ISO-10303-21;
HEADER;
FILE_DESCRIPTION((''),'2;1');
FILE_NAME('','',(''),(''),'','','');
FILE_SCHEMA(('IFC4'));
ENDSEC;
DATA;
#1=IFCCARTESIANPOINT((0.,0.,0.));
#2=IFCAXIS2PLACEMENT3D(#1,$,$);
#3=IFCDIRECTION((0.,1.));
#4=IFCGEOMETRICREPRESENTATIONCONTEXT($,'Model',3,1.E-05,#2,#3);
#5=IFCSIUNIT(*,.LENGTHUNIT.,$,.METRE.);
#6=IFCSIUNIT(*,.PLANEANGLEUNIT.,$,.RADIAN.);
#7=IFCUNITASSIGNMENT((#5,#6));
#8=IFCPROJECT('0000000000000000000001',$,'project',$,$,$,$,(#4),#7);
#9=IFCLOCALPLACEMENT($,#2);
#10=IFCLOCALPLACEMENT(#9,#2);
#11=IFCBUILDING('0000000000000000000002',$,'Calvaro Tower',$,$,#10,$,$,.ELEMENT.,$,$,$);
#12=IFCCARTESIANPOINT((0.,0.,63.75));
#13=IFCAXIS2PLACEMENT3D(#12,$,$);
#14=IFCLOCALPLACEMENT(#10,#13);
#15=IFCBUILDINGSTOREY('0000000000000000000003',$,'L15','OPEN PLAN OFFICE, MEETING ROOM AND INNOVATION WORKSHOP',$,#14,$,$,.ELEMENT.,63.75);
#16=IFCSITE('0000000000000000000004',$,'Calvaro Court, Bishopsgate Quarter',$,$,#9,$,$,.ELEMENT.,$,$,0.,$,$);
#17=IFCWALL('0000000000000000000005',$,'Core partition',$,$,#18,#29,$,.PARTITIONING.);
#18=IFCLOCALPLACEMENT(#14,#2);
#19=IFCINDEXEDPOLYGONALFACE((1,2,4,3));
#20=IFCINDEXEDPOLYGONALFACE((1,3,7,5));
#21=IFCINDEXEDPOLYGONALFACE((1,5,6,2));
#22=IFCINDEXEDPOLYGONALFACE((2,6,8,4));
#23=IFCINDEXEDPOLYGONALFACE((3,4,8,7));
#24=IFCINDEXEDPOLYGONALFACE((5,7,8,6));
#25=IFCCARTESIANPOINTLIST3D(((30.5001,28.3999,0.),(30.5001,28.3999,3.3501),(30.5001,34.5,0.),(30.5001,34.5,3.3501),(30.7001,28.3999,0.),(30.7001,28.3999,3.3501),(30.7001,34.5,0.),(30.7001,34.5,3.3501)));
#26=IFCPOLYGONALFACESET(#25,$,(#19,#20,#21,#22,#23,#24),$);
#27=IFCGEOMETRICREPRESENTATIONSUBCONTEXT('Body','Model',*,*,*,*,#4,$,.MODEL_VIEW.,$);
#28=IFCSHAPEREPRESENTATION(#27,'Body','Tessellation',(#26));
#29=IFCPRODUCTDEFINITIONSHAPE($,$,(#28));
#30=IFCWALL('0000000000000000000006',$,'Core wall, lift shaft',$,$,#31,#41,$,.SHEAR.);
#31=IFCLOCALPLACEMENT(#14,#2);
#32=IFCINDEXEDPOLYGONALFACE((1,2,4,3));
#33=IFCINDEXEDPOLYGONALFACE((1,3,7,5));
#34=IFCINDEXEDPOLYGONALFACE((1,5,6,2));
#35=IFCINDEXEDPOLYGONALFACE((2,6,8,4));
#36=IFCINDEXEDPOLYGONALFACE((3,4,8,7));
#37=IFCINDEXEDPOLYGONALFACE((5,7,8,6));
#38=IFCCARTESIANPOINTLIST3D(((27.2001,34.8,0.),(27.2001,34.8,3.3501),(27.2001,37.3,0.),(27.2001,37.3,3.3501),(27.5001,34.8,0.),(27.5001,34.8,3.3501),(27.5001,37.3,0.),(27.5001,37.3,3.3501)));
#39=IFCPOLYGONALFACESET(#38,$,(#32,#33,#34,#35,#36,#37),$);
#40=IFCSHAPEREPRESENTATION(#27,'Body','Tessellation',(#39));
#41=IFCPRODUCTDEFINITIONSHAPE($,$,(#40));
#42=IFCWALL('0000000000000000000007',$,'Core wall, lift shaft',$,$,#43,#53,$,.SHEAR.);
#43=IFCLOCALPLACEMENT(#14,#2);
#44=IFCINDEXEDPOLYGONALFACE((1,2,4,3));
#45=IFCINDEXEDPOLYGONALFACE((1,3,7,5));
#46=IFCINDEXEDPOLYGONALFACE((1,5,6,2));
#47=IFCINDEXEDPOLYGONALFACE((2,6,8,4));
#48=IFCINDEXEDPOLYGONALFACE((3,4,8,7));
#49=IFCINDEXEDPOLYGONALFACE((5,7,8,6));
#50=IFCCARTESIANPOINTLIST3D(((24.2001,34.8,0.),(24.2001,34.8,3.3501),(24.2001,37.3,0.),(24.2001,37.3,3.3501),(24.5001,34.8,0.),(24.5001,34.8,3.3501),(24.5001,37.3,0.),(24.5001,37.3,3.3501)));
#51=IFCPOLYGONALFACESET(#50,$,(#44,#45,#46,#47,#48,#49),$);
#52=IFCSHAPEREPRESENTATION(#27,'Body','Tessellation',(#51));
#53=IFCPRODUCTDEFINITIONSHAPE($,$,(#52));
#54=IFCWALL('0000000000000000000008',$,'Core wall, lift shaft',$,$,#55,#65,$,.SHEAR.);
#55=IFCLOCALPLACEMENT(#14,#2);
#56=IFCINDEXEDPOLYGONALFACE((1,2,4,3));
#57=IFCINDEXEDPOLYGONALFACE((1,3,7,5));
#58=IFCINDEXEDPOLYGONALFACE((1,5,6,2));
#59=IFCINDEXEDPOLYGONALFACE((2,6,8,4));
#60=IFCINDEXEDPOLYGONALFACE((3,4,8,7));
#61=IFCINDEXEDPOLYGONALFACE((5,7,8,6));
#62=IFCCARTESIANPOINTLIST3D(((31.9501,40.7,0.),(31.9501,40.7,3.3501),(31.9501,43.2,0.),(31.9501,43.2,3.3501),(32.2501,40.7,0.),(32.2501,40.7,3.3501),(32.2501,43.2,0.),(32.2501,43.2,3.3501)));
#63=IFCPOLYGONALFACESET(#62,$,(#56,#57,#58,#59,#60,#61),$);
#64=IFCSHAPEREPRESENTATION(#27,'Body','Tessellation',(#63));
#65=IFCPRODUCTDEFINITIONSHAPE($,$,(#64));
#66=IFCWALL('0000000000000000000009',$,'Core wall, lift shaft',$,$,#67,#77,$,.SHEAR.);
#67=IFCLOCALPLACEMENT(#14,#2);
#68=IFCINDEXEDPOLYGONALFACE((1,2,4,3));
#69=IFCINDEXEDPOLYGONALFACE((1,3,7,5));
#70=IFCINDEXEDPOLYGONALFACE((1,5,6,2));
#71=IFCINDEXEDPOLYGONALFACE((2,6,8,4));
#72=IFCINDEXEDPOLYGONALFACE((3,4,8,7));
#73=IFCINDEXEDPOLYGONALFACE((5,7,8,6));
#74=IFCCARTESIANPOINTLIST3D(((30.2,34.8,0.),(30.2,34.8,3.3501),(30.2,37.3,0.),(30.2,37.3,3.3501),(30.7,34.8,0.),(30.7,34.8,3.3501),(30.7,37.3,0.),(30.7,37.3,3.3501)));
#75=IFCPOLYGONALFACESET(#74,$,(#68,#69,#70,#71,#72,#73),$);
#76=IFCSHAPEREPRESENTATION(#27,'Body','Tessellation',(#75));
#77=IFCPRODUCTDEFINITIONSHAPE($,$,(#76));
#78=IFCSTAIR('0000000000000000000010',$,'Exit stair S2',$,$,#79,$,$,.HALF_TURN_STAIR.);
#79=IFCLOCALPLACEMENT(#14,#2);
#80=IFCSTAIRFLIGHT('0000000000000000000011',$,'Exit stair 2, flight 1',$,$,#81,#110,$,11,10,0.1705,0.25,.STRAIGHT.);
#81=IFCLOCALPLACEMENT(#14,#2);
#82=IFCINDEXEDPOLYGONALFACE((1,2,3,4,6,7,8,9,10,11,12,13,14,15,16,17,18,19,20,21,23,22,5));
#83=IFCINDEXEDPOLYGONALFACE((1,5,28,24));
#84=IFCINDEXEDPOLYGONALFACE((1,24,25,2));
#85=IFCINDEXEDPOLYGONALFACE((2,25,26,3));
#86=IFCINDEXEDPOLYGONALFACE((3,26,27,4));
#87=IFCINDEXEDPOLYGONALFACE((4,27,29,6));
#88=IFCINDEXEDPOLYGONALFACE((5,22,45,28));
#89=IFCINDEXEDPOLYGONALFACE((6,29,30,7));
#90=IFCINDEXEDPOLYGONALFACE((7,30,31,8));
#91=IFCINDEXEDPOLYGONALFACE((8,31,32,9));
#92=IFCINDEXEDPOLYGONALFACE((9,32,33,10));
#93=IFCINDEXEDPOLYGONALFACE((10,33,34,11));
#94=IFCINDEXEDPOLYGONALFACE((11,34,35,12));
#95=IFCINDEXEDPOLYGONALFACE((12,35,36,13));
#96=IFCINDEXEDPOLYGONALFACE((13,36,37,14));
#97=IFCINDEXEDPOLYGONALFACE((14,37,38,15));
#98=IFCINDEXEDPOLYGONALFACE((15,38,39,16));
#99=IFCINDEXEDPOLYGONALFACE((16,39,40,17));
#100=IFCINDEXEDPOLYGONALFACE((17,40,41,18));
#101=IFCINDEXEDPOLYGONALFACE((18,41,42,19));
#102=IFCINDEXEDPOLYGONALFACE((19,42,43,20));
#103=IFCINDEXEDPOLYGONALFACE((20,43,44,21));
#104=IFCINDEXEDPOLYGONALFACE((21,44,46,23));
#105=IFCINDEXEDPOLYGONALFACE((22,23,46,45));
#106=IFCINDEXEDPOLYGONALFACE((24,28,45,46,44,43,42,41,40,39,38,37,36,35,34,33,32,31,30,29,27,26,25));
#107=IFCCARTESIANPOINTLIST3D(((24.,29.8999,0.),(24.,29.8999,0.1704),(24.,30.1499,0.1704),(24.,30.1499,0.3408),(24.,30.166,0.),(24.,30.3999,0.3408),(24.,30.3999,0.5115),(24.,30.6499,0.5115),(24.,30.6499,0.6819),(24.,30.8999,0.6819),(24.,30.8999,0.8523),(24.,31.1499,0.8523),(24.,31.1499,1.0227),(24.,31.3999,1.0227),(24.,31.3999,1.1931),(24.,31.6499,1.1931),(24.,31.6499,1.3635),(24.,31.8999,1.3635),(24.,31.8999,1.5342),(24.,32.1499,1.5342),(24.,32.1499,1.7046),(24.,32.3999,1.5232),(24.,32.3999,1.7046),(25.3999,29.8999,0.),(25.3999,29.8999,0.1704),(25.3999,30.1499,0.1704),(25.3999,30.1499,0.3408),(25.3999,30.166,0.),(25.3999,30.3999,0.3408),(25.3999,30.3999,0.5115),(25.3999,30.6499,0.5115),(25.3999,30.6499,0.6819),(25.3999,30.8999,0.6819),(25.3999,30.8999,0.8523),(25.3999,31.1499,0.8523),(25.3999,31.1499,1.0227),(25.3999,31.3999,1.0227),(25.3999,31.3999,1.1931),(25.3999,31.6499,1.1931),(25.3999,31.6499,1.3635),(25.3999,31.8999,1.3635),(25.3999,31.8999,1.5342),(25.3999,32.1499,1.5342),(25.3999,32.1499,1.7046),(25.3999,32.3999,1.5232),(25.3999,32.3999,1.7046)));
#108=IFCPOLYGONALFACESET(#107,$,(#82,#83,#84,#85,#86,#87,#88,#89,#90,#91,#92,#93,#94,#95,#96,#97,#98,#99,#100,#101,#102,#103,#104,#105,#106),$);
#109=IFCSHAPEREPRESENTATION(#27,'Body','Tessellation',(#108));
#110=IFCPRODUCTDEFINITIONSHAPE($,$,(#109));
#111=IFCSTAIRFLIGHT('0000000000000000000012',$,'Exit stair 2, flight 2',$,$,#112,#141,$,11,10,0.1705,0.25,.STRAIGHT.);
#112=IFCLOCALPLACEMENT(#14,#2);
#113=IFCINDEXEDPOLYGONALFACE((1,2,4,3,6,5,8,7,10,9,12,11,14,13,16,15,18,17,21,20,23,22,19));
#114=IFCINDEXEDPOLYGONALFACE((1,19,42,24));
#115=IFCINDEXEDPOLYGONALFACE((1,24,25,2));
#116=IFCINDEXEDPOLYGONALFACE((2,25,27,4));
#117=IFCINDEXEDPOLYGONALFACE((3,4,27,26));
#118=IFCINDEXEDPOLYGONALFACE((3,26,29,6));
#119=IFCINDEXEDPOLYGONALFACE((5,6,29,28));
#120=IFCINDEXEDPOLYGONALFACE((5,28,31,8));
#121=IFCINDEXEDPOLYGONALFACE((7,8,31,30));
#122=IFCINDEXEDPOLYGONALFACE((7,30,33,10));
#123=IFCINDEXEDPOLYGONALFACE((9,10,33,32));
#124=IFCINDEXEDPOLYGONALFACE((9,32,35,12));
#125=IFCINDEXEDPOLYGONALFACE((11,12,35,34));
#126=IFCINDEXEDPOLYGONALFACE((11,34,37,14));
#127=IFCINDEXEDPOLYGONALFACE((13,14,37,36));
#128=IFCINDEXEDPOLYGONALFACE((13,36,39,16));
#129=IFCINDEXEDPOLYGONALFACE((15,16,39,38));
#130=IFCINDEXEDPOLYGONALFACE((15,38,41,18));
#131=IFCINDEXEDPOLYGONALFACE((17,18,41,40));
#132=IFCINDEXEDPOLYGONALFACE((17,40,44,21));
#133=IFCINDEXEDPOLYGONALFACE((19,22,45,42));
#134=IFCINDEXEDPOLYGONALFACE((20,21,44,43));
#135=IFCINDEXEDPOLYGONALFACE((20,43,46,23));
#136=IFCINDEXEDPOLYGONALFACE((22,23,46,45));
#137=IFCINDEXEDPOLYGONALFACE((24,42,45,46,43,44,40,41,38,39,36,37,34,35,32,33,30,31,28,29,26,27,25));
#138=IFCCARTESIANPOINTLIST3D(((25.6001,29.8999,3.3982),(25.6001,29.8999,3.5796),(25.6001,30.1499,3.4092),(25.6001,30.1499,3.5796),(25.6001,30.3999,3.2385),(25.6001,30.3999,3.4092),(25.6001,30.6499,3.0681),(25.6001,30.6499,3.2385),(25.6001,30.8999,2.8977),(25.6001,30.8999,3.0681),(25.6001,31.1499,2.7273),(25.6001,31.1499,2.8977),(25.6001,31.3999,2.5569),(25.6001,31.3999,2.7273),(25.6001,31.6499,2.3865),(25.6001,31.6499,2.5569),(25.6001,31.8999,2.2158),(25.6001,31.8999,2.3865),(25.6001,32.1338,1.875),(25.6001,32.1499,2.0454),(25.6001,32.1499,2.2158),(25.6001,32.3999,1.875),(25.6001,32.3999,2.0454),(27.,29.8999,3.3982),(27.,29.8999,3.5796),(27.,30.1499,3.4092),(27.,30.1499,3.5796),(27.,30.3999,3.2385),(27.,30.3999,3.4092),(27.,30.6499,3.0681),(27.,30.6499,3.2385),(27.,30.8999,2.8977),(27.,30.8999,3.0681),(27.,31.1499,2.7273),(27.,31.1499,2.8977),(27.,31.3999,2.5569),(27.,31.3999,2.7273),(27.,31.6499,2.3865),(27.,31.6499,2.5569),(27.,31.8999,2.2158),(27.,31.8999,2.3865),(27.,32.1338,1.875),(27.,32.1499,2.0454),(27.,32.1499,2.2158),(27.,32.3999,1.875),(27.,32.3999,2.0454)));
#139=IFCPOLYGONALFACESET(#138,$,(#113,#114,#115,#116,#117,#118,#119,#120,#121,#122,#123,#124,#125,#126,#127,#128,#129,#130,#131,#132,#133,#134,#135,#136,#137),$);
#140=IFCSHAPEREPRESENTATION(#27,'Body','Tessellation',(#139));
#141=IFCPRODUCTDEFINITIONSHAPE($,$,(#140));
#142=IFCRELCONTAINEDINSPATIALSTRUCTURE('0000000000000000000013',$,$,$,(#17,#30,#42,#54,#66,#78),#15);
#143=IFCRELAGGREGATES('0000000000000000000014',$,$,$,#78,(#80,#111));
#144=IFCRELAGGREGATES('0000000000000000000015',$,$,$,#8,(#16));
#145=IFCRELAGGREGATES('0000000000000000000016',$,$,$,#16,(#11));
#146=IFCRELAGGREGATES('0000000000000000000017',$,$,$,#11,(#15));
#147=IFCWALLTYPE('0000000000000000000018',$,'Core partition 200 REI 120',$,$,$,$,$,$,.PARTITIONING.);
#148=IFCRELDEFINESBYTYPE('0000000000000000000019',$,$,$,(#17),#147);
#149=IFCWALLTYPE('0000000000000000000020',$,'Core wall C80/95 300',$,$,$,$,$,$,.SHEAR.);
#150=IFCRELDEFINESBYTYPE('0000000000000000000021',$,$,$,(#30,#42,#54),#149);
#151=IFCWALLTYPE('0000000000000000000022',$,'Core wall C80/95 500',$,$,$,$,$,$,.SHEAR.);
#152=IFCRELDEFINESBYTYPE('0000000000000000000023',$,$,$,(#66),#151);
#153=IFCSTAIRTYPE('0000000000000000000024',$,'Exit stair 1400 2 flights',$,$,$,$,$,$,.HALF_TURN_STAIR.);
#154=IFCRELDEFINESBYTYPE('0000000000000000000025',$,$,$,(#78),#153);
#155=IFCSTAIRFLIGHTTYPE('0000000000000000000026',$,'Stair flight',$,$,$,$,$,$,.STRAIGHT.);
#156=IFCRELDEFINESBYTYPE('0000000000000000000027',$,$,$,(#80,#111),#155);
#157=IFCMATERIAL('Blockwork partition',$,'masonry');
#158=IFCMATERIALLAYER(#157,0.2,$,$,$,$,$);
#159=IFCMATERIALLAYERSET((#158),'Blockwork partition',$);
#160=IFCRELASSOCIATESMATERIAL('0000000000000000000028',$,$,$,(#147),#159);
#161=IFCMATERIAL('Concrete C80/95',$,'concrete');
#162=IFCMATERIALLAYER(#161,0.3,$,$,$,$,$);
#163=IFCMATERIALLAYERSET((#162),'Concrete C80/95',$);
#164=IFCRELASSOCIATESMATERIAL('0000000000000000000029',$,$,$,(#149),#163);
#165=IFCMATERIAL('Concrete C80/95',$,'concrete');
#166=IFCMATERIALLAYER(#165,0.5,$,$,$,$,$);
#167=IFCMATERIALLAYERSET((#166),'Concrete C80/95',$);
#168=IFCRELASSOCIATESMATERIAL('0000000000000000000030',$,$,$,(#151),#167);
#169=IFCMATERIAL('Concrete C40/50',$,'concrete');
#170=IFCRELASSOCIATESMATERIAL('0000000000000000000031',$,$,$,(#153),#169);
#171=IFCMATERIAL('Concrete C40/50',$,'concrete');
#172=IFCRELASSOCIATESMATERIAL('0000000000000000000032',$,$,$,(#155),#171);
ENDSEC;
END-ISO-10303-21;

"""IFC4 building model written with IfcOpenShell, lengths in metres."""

from ifc_helpers import new_model, si_unit, direction, frame, frame_2d, origin, place, context, subcontext, project, spatial, polyline, rectangle, outline, extrude, material, layer, layer_set, type_object, element, aggregate, save


model = new_model("IFC4")

# Units and contexts
model_context = context("Model", 3, precision=1e-05, world=origin(), true_north=direction((0.0, 1.0)))
body_context = subcontext(model_context, "Body", "Model", "MODEL_VIEW")
ifc_project = project(units=[si_unit("LENGTHUNIT", "METRE"), si_unit("PLANEANGLEUNIT", "RADIAN")], contexts=[model_context])

# Site, building, storey
site_placement = place(None, origin())
site = spatial("IfcSite", under=ifc_project, at=site_placement, Name="Calvaro Court, Bishopsgate Quarter", CompositionType="ELEMENT", RefElevation=0.0)
building_placement = place(site_placement, origin())
building = spatial("IfcBuilding", under=site, at=building_placement, Name="Calvaro Tower", CompositionType="ELEMENT")
storey_placement = place(building_placement, frame((0.0, 0.0, 63.75)))
storey = spatial("IfcBuildingStorey", under=building, at=storey_placement, Name="L15", Description="OPEN PLAN OFFICE, MEETING ROOM AND INNOVATION WORKSHOP", CompositionType="ELEMENT", Elevation=63.75)

# Walls
ifc_material_1 = material(Name="Blockwork partition", Category="masonry")
ifc_layer_1 = layer(ifc_material_1, 0.2)
ifc_layer_set_1 = layer_set([ifc_layer_1], Name="Blockwork partition")
wall_type_1 = type_object("IfcWallType", Name="Core partition 200 REI 120", PredefinedType="PARTITIONING", material=ifc_layer_set_1)
wall_1_placement = place(storey_placement, frame((30.6001, 28.3999, 0.0), z_axis=(0.0, 0.0, 1.0), x_axis=(0.0, 1.0, 0.0)))
element("IfcWall", 1, at=wall_1_placement, inside=storey, type_object=wall_type_1, Name="Core partition", PredefinedType="PARTITIONING", context=body_context, shape_type="SweptSolid", body=[
    extrude(rectangle(XDim=6.1001, YDim=0.2, at=frame_2d((3.05, 0.0))), origin(), (0.0, 0.0, 1.0), 3.3501),
])
ifc_material_2 = material(Name="Concrete C80/95", Category="concrete")
ifc_layer_2 = layer(ifc_material_2, 0.3)
ifc_layer_set_2 = layer_set([ifc_layer_2], Name="Concrete C80/95")
wall_type_2 = type_object("IfcWallType", Name="Core wall C80/95 300", PredefinedType="SHEAR", material=ifc_layer_set_2)
for number, where, z_axis, x_axis, name in (
    (2, (27.3501, 34.8, 0.0), (0.0, 0.0, 1.0), (0.0, 1.0, 0.0), "Core wall, lift shaft"),
    (3, (24.3501, 34.8, 0.0), (0.0, 0.0, 1.0), (0.0, 1.0, 0.0), "Core wall, lift shaft"),
    (4, (32.1001, 40.7, 0.0), (0.0, 0.0, 1.0), (0.0, 1.0, 0.0), "Core wall, lift shaft"),
):
    element("IfcWall", number, at=place(storey_placement, frame(where, z_axis=z_axis, x_axis=x_axis)), inside=storey, type_object=wall_type_2, Name=name, PredefinedType="SHEAR", context=body_context, shape_type="SweptSolid", body=[
        extrude(rectangle(XDim=2.5, YDim=0.3, at=frame_2d((1.25, 0.0))), origin(), (0.0, 0.0, 1.0), 3.3501),
    ])
ifc_material_3 = material(Name="Concrete C80/95", Category="concrete")
ifc_layer_3 = layer(ifc_material_3, 0.5)
ifc_layer_set_3 = layer_set([ifc_layer_3], Name="Concrete C80/95")
wall_type_3 = type_object("IfcWallType", Name="Core wall C80/95 500", PredefinedType="SHEAR", material=ifc_layer_set_3)
wall_2_placement = place(storey_placement, frame((30.45, 34.8, 0.0), z_axis=(0.0, 0.0, 1.0), x_axis=(0.0, 1.0, 0.0)))
element("IfcWall", 5, at=wall_2_placement, inside=storey, type_object=wall_type_3, Name="Core wall, lift shaft", PredefinedType="SHEAR", context=body_context, shape_type="SweptSolid", body=[
    extrude(rectangle(XDim=2.5, YDim=0.5, at=frame_2d((1.25, 0.0))), origin(), (0.0, 0.0, 1.0), 3.3501),
])

# Stair, stair flights
ifc_material_4 = material(Name="Concrete C40/50", Category="concrete")
stair_type = type_object("IfcStairType", Name="Exit stair 1400 2 flights", PredefinedType="HALF_TURN_STAIR", material=ifc_material_4)
stair_placement = place(storey_placement, origin())
stair = element("IfcStair", 6, at=stair_placement, inside=storey, type_object=stair_type, Name="Exit stair S2", PredefinedType="HALF_TURN_STAIR")
ifc_material_5 = material(Name="Concrete C40/50", Category="concrete")
stair_flight_type = type_object("IfcStairFlightType", Name="Stair flight", PredefinedType="STRAIGHT", material=ifc_material_5)
stair_flight_1_placement = place(storey_placement, frame((24.7, 29.8999, 0.0), z_axis=(0.0, 0.0, 1.0), x_axis=(0.0, 1.0, 0.0)))
stair_flight_1 = element("IfcStairFlight", 7, at=stair_flight_1_placement, type_object=stair_flight_type, Name="Exit stair 2, flight 1", NumberOfRisers=11, NumberOfTreads=10, PredefinedType="STRAIGHT", RiserHeight=0.1705, TreadLength=0.25, context=body_context, shape_type="SweptSolid", body=[
    extrude(outline(polyline([(0.0, 0.0), (0.0, 0.1704), (0.25, 0.1704), (0.25, 0.3408), (0.5, 0.3408), (0.5, 0.5115), (0.75, 0.5115), (0.75, 0.6819), (1.0, 0.6819), (1.0, 0.8523), (1.25, 0.8523), (1.25, 1.0227), (1.5, 1.0227), (1.5, 1.1931), (1.75, 1.1931), (1.75, 1.3635), (2.0, 1.3635), (2.0, 1.5342), (2.25, 1.5342), (2.25, 1.7046), (2.5, 1.7046), (2.5, 1.875), (2.5, 1.5232), (0.2661, 0.0), (0.0, 0.0)])), frame((0.0, 0.7, 0.0), z_axis=(0.0, -1.0, 0.0), x_axis=(1.0, 0.0, 0.0)), (0.0, 0.0, 1.0), 1.3999),
])
stair_flight_2_placement = place(storey_placement, frame((26.3, 32.3999, 1.875), z_axis=(0.0, 0.0, 1.0), x_axis=(0.0, -1.0, 0.0)))
stair_flight_2 = element("IfcStairFlight", 8, at=stair_flight_2_placement, type_object=stair_flight_type, Name="Exit stair 2, flight 2", NumberOfRisers=11, NumberOfTreads=10, PredefinedType="STRAIGHT", RiserHeight=0.1705, TreadLength=0.25, context=body_context, shape_type="SweptSolid", body=[
    extrude(outline(polyline([(0.0, 0.0), (0.0, 0.1704), (0.25, 0.1704), (0.25, 0.3408), (0.5, 0.3408), (0.5, 0.5115), (0.75, 0.5115), (0.75, 0.6819), (1.0, 0.6819), (1.0, 0.8523), (1.25, 0.8523), (1.25, 1.0227), (1.5, 1.0227), (1.5, 1.1931), (1.75, 1.1931), (1.75, 1.3635), (2.0, 1.3635), (2.0, 1.5342), (2.25, 1.5342), (2.25, 1.7046), (2.5, 1.7046), (2.5, 1.875), (2.5, 1.5232), (0.2661, 0.0), (0.0, 0.0)])), frame((0.0, 0.7, 0.0), z_axis=(0.0, -1.0, 0.0), x_axis=(1.0, 0.0, 0.0)), (0.0, 0.0, 1.0), 1.3999),
])
aggregate(stair, [stair_flight_1, stair_flight_2])

save(model, "model.ifc")
